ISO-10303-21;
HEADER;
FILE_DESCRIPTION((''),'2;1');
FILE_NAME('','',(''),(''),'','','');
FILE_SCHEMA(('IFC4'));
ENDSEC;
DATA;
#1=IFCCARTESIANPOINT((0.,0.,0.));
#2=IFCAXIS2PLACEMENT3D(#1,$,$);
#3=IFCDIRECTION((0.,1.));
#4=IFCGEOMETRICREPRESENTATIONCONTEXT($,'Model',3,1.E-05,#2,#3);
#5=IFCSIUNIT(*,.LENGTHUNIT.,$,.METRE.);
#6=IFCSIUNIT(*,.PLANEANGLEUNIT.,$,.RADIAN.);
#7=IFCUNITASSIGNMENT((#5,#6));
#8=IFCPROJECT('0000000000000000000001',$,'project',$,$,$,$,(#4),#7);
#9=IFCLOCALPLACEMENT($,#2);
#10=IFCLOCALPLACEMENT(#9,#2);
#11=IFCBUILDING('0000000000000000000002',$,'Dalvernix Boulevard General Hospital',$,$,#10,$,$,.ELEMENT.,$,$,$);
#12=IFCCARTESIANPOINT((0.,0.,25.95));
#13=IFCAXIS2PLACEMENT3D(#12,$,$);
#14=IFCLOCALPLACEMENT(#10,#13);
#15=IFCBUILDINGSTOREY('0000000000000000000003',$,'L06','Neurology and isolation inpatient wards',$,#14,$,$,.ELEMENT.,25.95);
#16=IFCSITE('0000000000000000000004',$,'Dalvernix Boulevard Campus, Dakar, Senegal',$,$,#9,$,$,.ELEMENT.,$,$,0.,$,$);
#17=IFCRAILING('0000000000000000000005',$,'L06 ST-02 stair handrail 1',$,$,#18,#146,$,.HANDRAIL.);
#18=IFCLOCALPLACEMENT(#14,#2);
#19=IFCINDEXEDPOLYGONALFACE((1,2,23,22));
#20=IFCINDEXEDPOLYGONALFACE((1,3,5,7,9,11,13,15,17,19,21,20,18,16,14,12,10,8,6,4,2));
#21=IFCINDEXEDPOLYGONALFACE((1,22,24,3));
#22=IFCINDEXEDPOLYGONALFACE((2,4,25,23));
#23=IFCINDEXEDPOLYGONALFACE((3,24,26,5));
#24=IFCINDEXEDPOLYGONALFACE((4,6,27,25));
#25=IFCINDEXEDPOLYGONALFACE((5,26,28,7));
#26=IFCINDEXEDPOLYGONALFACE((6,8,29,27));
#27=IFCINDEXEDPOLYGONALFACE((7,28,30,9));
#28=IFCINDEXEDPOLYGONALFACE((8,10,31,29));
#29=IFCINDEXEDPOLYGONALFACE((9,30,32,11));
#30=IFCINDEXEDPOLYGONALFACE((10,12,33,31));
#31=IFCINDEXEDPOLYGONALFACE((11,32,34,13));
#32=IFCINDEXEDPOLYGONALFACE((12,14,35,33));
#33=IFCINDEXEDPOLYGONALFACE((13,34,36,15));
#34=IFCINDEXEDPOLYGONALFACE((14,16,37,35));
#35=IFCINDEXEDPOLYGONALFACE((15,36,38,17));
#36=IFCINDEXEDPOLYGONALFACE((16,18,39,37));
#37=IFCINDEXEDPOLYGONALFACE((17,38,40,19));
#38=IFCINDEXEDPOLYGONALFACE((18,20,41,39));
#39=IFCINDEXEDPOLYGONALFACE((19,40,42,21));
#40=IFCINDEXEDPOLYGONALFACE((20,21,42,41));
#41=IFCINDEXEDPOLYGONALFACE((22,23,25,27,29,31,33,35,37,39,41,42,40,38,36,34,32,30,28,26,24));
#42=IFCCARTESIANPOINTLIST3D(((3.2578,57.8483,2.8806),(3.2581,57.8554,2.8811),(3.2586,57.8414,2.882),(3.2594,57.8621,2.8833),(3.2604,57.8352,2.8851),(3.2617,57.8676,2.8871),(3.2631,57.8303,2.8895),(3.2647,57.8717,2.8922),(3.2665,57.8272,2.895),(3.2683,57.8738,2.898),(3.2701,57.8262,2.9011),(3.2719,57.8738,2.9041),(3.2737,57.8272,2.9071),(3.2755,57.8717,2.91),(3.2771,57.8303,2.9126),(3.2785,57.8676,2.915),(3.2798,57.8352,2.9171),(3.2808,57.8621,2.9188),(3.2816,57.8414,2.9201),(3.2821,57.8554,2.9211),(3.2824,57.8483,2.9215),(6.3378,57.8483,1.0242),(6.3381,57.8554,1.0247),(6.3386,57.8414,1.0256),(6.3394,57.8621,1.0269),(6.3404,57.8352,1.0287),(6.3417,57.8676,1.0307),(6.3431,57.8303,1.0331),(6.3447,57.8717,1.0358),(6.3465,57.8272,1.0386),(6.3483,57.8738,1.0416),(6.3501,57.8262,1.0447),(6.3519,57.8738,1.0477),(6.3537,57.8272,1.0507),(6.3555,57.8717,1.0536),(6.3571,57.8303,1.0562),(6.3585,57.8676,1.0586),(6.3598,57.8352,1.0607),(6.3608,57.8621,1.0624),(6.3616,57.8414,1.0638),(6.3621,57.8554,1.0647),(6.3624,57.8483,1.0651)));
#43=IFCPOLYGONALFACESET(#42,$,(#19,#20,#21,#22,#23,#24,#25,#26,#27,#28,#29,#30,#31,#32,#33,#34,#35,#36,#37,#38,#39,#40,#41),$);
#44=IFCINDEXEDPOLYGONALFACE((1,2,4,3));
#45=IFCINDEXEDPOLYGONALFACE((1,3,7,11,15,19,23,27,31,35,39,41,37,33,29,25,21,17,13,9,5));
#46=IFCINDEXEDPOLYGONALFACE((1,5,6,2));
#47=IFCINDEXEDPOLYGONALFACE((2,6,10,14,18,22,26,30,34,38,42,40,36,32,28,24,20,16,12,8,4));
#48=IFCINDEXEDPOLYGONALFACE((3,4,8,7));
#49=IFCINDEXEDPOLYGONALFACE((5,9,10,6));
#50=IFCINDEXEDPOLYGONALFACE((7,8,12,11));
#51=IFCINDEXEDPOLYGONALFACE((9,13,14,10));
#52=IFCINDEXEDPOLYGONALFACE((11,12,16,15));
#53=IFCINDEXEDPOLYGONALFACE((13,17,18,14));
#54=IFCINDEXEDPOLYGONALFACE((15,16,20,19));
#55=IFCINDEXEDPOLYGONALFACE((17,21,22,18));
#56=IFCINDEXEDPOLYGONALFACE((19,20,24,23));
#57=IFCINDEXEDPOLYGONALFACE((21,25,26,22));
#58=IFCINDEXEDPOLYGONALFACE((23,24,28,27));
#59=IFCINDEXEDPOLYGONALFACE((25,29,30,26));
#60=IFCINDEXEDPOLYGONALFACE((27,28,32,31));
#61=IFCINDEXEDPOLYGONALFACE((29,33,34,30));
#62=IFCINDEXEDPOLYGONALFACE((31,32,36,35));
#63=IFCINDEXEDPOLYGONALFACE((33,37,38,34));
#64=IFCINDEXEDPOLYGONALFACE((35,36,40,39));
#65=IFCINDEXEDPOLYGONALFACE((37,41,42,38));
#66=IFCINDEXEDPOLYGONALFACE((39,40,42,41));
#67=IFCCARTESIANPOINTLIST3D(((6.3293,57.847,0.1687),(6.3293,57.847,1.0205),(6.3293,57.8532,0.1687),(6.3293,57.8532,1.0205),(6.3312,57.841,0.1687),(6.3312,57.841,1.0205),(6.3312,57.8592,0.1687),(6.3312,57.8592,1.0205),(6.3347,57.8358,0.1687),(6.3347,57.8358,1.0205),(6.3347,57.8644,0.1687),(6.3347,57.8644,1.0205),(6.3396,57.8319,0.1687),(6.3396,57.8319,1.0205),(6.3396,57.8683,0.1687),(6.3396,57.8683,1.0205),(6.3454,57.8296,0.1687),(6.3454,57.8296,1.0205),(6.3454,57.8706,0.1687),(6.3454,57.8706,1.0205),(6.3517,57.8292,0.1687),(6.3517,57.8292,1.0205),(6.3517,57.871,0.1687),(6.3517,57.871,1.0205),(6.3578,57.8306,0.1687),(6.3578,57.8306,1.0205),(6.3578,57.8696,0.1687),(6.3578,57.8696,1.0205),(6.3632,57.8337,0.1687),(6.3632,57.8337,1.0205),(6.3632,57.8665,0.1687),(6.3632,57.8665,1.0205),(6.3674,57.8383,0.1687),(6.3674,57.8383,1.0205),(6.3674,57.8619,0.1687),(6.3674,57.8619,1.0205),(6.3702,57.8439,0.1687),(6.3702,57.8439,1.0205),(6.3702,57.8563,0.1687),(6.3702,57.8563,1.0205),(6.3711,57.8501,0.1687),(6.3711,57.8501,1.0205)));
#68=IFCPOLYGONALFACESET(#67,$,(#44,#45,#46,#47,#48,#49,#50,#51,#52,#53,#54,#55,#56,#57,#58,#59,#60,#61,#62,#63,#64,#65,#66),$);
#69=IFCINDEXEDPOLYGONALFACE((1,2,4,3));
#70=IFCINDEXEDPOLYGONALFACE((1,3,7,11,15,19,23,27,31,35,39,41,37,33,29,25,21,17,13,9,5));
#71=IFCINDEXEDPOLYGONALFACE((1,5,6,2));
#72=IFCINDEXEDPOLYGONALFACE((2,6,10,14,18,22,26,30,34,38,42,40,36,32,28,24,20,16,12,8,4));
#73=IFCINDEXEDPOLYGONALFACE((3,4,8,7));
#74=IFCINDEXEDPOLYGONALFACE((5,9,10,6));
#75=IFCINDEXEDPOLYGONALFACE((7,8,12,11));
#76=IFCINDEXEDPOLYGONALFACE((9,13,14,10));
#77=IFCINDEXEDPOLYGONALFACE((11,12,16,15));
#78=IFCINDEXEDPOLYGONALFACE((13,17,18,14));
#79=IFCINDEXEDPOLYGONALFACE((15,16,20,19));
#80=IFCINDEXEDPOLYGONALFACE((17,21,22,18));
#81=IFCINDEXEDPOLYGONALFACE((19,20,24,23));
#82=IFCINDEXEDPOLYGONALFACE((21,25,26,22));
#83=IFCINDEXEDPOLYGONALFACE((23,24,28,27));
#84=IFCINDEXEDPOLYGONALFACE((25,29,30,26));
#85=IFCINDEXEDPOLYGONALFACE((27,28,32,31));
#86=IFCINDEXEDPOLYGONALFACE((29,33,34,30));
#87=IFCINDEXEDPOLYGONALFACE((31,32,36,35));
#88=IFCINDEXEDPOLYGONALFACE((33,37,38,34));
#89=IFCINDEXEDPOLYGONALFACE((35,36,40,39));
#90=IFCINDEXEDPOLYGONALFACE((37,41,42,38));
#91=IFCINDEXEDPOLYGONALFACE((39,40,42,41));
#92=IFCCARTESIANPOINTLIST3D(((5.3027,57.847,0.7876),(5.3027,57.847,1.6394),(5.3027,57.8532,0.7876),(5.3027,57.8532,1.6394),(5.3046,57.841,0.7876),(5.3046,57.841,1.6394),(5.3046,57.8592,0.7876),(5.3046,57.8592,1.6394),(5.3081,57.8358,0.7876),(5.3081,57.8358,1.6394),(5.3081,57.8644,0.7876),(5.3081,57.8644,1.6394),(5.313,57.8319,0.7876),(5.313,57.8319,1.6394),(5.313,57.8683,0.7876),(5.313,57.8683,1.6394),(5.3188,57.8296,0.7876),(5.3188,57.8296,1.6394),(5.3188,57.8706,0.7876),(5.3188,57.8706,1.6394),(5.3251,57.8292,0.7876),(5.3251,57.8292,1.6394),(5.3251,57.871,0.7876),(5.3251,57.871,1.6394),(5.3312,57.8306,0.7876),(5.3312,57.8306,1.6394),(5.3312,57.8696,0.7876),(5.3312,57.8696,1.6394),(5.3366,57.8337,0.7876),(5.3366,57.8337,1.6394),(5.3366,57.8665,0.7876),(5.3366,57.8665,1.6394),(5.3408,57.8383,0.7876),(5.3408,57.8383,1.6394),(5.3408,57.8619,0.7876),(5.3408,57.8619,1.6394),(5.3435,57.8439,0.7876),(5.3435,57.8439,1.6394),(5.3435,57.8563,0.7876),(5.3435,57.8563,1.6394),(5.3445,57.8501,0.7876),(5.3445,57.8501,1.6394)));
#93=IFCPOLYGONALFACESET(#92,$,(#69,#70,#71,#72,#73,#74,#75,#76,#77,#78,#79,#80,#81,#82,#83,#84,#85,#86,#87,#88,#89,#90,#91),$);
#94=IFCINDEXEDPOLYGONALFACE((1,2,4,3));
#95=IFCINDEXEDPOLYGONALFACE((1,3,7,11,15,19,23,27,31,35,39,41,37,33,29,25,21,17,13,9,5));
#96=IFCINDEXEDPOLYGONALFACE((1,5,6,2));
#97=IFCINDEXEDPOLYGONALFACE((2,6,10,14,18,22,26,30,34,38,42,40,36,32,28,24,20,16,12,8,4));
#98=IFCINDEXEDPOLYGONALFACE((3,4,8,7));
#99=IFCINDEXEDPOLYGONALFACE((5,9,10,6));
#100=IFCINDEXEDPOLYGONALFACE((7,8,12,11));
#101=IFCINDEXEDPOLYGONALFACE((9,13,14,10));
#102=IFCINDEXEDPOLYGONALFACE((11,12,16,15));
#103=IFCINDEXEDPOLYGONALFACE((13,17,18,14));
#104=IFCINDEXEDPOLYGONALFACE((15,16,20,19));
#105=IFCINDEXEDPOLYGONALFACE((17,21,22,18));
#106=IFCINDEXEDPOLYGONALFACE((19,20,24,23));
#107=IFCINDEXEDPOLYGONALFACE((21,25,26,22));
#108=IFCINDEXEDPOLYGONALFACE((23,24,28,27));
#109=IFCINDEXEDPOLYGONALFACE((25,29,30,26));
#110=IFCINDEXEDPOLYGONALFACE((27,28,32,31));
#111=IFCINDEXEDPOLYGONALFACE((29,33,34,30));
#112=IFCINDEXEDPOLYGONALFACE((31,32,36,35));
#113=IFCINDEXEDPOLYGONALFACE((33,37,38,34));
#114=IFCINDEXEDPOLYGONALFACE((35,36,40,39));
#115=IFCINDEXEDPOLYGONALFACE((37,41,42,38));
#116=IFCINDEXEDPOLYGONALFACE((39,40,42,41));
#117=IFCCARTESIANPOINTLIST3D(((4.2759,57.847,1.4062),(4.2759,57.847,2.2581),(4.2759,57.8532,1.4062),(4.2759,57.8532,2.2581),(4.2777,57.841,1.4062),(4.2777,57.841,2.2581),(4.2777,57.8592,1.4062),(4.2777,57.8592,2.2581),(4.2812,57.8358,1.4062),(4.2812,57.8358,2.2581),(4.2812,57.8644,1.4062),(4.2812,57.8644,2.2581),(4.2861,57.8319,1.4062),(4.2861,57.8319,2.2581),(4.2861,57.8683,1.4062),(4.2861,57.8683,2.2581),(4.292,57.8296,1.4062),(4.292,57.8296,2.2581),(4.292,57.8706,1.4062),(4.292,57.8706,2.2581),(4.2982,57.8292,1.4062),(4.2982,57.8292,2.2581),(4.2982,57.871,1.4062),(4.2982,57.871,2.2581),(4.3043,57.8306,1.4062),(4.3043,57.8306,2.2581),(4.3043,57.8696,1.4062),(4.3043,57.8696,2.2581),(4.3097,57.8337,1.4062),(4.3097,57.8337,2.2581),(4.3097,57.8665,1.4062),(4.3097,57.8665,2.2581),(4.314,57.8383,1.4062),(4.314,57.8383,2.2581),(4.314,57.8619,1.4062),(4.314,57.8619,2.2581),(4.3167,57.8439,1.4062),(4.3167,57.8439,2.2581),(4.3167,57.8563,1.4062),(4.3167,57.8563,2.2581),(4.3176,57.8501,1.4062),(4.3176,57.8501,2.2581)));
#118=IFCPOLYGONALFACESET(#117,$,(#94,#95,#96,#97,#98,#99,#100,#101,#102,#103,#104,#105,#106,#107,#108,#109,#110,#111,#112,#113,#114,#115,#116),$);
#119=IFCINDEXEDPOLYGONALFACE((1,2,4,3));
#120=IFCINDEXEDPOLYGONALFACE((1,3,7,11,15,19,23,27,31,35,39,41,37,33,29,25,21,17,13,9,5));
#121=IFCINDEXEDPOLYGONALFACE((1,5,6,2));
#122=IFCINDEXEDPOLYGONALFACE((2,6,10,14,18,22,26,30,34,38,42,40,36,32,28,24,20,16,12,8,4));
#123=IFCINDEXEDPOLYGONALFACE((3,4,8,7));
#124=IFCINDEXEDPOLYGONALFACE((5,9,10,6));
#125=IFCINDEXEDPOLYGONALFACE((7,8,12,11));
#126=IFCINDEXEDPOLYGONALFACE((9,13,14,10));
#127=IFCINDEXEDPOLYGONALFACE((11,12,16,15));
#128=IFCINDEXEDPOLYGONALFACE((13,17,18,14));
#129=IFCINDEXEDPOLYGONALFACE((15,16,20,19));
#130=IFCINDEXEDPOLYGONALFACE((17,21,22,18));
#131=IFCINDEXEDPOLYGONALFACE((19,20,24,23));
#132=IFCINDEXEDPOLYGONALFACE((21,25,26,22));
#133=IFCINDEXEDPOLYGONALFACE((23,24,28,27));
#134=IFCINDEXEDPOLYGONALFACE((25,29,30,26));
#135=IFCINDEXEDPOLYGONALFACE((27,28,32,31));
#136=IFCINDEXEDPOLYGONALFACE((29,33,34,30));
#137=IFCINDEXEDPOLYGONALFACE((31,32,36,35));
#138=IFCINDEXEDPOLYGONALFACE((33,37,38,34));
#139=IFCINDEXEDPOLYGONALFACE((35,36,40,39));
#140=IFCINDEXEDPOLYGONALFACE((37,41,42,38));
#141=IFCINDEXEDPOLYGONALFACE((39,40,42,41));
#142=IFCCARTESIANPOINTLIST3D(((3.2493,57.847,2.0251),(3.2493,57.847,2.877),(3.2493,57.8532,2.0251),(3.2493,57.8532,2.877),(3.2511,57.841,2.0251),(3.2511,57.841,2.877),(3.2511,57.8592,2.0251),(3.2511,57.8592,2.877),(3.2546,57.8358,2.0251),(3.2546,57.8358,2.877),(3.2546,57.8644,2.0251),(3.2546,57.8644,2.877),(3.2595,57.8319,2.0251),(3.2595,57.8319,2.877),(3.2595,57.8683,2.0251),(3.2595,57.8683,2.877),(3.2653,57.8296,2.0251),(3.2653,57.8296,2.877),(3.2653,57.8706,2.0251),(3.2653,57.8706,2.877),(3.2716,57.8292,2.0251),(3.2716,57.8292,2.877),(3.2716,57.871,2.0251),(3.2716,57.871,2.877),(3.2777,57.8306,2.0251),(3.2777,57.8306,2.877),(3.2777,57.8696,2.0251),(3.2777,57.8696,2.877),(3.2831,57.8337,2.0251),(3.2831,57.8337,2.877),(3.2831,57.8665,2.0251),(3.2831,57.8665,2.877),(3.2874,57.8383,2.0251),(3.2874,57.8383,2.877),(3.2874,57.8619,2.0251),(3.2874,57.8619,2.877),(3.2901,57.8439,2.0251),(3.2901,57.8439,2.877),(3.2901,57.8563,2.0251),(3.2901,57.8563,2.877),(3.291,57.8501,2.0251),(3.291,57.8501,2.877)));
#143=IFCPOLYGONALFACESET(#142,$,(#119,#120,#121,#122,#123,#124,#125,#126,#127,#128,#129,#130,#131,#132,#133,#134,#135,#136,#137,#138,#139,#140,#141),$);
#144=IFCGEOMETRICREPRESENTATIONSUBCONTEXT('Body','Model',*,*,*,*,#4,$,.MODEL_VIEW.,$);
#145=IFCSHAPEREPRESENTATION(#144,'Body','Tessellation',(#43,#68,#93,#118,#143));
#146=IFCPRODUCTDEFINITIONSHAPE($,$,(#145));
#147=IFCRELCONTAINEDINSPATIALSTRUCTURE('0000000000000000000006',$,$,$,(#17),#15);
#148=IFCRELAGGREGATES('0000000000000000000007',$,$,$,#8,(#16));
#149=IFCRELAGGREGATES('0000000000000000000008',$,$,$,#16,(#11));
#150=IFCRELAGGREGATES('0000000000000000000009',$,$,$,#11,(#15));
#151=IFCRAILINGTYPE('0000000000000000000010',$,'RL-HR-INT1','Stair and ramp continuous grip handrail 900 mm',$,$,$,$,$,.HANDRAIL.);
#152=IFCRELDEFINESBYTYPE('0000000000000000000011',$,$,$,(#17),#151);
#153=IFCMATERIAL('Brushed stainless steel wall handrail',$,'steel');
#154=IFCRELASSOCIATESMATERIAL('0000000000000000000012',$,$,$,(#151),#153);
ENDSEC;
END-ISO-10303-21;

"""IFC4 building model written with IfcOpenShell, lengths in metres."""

from ifc_helpers import new_model, si_unit, direction, frame, origin, origin_2d, place, context, subcontext, project, spatial, circle, extrude, material, type_object, element, save


model = new_model("IFC4")

# Units and contexts
model_context = context("Model", 3, precision=1e-05, world=origin(), true_north=direction((0.0, 1.0)))
body_context = subcontext(model_context, "Body", "Model", "MODEL_VIEW")
ifc_project = project(units=[si_unit("LENGTHUNIT", "METRE"), si_unit("PLANEANGLEUNIT", "RADIAN")], contexts=[model_context])

# Site, building, storey
site_placement = place(None, origin())
site = spatial("IfcSite", under=ifc_project, at=site_placement, Name="Dalvernix Boulevard Campus, Dakar, Senegal", CompositionType="ELEMENT", RefElevation=0.0)
building_placement = place(site_placement, origin())
building = spatial("IfcBuilding", under=site, at=building_placement, Name="Dalvernix Boulevard General Hospital", CompositionType="ELEMENT")
storey_placement = place(building_placement, frame((0.0, 0.0, 25.95)))
storey = spatial("IfcBuildingStorey", under=building, at=storey_placement, Name="L06", Description="Neurology and isolation inpatient wards", CompositionType="ELEMENT", Elevation=25.95)

# Railing
ifc_material_1 = material(Name="Brushed stainless steel wall handrail", Category="steel")
railing_type_1 = type_object("IfcRailingType", Name="RL-HR-INT1", Description="Stair and ramp continuous grip handrail 900 mm", PredefinedType="HANDRAIL", material=ifc_material_1)
railing_1_placement = place(storey_placement, frame((6.3501, 57.8501, 0.1687)))
element("IfcRailing", 1, at=railing_1_placement, inside=storey, type_object=railing_type_1, Name="L06 ST-02 stair handrail 1", PredefinedType="HANDRAIL", context=body_context, shape_type="SweptSolid", body=[
    extrude(circle(Radius=0.0239, at=origin_2d()), frame((0.0, 0.0, 0.876), z_axis=(-0.856461, 0.0, 0.516212), x_axis=(0.0, -1.0, 0.0)), (0.0, 0.0, 1.0), 3.5962),
    extrude(circle(Radius=0.021, at=origin_2d()), origin(), (0.0, 0.0, 1.0), 0.8518),
    extrude(circle(Radius=0.021, at=origin_2d()), frame((-1.0266, 0.0, 0.6189)), (0.0, 0.0, 1.0), 0.8518),
    extrude(circle(Radius=0.021, at=origin_2d()), frame((-2.0535, 0.0, 1.2375)), (0.0, 0.0, 1.0), 0.8518),
    extrude(circle(Radius=0.021, at=origin_2d()), frame((-3.0801, 0.0, 1.8564)), (0.0, 0.0, 1.0), 0.8518),
])

save(model, "model.ifc")
